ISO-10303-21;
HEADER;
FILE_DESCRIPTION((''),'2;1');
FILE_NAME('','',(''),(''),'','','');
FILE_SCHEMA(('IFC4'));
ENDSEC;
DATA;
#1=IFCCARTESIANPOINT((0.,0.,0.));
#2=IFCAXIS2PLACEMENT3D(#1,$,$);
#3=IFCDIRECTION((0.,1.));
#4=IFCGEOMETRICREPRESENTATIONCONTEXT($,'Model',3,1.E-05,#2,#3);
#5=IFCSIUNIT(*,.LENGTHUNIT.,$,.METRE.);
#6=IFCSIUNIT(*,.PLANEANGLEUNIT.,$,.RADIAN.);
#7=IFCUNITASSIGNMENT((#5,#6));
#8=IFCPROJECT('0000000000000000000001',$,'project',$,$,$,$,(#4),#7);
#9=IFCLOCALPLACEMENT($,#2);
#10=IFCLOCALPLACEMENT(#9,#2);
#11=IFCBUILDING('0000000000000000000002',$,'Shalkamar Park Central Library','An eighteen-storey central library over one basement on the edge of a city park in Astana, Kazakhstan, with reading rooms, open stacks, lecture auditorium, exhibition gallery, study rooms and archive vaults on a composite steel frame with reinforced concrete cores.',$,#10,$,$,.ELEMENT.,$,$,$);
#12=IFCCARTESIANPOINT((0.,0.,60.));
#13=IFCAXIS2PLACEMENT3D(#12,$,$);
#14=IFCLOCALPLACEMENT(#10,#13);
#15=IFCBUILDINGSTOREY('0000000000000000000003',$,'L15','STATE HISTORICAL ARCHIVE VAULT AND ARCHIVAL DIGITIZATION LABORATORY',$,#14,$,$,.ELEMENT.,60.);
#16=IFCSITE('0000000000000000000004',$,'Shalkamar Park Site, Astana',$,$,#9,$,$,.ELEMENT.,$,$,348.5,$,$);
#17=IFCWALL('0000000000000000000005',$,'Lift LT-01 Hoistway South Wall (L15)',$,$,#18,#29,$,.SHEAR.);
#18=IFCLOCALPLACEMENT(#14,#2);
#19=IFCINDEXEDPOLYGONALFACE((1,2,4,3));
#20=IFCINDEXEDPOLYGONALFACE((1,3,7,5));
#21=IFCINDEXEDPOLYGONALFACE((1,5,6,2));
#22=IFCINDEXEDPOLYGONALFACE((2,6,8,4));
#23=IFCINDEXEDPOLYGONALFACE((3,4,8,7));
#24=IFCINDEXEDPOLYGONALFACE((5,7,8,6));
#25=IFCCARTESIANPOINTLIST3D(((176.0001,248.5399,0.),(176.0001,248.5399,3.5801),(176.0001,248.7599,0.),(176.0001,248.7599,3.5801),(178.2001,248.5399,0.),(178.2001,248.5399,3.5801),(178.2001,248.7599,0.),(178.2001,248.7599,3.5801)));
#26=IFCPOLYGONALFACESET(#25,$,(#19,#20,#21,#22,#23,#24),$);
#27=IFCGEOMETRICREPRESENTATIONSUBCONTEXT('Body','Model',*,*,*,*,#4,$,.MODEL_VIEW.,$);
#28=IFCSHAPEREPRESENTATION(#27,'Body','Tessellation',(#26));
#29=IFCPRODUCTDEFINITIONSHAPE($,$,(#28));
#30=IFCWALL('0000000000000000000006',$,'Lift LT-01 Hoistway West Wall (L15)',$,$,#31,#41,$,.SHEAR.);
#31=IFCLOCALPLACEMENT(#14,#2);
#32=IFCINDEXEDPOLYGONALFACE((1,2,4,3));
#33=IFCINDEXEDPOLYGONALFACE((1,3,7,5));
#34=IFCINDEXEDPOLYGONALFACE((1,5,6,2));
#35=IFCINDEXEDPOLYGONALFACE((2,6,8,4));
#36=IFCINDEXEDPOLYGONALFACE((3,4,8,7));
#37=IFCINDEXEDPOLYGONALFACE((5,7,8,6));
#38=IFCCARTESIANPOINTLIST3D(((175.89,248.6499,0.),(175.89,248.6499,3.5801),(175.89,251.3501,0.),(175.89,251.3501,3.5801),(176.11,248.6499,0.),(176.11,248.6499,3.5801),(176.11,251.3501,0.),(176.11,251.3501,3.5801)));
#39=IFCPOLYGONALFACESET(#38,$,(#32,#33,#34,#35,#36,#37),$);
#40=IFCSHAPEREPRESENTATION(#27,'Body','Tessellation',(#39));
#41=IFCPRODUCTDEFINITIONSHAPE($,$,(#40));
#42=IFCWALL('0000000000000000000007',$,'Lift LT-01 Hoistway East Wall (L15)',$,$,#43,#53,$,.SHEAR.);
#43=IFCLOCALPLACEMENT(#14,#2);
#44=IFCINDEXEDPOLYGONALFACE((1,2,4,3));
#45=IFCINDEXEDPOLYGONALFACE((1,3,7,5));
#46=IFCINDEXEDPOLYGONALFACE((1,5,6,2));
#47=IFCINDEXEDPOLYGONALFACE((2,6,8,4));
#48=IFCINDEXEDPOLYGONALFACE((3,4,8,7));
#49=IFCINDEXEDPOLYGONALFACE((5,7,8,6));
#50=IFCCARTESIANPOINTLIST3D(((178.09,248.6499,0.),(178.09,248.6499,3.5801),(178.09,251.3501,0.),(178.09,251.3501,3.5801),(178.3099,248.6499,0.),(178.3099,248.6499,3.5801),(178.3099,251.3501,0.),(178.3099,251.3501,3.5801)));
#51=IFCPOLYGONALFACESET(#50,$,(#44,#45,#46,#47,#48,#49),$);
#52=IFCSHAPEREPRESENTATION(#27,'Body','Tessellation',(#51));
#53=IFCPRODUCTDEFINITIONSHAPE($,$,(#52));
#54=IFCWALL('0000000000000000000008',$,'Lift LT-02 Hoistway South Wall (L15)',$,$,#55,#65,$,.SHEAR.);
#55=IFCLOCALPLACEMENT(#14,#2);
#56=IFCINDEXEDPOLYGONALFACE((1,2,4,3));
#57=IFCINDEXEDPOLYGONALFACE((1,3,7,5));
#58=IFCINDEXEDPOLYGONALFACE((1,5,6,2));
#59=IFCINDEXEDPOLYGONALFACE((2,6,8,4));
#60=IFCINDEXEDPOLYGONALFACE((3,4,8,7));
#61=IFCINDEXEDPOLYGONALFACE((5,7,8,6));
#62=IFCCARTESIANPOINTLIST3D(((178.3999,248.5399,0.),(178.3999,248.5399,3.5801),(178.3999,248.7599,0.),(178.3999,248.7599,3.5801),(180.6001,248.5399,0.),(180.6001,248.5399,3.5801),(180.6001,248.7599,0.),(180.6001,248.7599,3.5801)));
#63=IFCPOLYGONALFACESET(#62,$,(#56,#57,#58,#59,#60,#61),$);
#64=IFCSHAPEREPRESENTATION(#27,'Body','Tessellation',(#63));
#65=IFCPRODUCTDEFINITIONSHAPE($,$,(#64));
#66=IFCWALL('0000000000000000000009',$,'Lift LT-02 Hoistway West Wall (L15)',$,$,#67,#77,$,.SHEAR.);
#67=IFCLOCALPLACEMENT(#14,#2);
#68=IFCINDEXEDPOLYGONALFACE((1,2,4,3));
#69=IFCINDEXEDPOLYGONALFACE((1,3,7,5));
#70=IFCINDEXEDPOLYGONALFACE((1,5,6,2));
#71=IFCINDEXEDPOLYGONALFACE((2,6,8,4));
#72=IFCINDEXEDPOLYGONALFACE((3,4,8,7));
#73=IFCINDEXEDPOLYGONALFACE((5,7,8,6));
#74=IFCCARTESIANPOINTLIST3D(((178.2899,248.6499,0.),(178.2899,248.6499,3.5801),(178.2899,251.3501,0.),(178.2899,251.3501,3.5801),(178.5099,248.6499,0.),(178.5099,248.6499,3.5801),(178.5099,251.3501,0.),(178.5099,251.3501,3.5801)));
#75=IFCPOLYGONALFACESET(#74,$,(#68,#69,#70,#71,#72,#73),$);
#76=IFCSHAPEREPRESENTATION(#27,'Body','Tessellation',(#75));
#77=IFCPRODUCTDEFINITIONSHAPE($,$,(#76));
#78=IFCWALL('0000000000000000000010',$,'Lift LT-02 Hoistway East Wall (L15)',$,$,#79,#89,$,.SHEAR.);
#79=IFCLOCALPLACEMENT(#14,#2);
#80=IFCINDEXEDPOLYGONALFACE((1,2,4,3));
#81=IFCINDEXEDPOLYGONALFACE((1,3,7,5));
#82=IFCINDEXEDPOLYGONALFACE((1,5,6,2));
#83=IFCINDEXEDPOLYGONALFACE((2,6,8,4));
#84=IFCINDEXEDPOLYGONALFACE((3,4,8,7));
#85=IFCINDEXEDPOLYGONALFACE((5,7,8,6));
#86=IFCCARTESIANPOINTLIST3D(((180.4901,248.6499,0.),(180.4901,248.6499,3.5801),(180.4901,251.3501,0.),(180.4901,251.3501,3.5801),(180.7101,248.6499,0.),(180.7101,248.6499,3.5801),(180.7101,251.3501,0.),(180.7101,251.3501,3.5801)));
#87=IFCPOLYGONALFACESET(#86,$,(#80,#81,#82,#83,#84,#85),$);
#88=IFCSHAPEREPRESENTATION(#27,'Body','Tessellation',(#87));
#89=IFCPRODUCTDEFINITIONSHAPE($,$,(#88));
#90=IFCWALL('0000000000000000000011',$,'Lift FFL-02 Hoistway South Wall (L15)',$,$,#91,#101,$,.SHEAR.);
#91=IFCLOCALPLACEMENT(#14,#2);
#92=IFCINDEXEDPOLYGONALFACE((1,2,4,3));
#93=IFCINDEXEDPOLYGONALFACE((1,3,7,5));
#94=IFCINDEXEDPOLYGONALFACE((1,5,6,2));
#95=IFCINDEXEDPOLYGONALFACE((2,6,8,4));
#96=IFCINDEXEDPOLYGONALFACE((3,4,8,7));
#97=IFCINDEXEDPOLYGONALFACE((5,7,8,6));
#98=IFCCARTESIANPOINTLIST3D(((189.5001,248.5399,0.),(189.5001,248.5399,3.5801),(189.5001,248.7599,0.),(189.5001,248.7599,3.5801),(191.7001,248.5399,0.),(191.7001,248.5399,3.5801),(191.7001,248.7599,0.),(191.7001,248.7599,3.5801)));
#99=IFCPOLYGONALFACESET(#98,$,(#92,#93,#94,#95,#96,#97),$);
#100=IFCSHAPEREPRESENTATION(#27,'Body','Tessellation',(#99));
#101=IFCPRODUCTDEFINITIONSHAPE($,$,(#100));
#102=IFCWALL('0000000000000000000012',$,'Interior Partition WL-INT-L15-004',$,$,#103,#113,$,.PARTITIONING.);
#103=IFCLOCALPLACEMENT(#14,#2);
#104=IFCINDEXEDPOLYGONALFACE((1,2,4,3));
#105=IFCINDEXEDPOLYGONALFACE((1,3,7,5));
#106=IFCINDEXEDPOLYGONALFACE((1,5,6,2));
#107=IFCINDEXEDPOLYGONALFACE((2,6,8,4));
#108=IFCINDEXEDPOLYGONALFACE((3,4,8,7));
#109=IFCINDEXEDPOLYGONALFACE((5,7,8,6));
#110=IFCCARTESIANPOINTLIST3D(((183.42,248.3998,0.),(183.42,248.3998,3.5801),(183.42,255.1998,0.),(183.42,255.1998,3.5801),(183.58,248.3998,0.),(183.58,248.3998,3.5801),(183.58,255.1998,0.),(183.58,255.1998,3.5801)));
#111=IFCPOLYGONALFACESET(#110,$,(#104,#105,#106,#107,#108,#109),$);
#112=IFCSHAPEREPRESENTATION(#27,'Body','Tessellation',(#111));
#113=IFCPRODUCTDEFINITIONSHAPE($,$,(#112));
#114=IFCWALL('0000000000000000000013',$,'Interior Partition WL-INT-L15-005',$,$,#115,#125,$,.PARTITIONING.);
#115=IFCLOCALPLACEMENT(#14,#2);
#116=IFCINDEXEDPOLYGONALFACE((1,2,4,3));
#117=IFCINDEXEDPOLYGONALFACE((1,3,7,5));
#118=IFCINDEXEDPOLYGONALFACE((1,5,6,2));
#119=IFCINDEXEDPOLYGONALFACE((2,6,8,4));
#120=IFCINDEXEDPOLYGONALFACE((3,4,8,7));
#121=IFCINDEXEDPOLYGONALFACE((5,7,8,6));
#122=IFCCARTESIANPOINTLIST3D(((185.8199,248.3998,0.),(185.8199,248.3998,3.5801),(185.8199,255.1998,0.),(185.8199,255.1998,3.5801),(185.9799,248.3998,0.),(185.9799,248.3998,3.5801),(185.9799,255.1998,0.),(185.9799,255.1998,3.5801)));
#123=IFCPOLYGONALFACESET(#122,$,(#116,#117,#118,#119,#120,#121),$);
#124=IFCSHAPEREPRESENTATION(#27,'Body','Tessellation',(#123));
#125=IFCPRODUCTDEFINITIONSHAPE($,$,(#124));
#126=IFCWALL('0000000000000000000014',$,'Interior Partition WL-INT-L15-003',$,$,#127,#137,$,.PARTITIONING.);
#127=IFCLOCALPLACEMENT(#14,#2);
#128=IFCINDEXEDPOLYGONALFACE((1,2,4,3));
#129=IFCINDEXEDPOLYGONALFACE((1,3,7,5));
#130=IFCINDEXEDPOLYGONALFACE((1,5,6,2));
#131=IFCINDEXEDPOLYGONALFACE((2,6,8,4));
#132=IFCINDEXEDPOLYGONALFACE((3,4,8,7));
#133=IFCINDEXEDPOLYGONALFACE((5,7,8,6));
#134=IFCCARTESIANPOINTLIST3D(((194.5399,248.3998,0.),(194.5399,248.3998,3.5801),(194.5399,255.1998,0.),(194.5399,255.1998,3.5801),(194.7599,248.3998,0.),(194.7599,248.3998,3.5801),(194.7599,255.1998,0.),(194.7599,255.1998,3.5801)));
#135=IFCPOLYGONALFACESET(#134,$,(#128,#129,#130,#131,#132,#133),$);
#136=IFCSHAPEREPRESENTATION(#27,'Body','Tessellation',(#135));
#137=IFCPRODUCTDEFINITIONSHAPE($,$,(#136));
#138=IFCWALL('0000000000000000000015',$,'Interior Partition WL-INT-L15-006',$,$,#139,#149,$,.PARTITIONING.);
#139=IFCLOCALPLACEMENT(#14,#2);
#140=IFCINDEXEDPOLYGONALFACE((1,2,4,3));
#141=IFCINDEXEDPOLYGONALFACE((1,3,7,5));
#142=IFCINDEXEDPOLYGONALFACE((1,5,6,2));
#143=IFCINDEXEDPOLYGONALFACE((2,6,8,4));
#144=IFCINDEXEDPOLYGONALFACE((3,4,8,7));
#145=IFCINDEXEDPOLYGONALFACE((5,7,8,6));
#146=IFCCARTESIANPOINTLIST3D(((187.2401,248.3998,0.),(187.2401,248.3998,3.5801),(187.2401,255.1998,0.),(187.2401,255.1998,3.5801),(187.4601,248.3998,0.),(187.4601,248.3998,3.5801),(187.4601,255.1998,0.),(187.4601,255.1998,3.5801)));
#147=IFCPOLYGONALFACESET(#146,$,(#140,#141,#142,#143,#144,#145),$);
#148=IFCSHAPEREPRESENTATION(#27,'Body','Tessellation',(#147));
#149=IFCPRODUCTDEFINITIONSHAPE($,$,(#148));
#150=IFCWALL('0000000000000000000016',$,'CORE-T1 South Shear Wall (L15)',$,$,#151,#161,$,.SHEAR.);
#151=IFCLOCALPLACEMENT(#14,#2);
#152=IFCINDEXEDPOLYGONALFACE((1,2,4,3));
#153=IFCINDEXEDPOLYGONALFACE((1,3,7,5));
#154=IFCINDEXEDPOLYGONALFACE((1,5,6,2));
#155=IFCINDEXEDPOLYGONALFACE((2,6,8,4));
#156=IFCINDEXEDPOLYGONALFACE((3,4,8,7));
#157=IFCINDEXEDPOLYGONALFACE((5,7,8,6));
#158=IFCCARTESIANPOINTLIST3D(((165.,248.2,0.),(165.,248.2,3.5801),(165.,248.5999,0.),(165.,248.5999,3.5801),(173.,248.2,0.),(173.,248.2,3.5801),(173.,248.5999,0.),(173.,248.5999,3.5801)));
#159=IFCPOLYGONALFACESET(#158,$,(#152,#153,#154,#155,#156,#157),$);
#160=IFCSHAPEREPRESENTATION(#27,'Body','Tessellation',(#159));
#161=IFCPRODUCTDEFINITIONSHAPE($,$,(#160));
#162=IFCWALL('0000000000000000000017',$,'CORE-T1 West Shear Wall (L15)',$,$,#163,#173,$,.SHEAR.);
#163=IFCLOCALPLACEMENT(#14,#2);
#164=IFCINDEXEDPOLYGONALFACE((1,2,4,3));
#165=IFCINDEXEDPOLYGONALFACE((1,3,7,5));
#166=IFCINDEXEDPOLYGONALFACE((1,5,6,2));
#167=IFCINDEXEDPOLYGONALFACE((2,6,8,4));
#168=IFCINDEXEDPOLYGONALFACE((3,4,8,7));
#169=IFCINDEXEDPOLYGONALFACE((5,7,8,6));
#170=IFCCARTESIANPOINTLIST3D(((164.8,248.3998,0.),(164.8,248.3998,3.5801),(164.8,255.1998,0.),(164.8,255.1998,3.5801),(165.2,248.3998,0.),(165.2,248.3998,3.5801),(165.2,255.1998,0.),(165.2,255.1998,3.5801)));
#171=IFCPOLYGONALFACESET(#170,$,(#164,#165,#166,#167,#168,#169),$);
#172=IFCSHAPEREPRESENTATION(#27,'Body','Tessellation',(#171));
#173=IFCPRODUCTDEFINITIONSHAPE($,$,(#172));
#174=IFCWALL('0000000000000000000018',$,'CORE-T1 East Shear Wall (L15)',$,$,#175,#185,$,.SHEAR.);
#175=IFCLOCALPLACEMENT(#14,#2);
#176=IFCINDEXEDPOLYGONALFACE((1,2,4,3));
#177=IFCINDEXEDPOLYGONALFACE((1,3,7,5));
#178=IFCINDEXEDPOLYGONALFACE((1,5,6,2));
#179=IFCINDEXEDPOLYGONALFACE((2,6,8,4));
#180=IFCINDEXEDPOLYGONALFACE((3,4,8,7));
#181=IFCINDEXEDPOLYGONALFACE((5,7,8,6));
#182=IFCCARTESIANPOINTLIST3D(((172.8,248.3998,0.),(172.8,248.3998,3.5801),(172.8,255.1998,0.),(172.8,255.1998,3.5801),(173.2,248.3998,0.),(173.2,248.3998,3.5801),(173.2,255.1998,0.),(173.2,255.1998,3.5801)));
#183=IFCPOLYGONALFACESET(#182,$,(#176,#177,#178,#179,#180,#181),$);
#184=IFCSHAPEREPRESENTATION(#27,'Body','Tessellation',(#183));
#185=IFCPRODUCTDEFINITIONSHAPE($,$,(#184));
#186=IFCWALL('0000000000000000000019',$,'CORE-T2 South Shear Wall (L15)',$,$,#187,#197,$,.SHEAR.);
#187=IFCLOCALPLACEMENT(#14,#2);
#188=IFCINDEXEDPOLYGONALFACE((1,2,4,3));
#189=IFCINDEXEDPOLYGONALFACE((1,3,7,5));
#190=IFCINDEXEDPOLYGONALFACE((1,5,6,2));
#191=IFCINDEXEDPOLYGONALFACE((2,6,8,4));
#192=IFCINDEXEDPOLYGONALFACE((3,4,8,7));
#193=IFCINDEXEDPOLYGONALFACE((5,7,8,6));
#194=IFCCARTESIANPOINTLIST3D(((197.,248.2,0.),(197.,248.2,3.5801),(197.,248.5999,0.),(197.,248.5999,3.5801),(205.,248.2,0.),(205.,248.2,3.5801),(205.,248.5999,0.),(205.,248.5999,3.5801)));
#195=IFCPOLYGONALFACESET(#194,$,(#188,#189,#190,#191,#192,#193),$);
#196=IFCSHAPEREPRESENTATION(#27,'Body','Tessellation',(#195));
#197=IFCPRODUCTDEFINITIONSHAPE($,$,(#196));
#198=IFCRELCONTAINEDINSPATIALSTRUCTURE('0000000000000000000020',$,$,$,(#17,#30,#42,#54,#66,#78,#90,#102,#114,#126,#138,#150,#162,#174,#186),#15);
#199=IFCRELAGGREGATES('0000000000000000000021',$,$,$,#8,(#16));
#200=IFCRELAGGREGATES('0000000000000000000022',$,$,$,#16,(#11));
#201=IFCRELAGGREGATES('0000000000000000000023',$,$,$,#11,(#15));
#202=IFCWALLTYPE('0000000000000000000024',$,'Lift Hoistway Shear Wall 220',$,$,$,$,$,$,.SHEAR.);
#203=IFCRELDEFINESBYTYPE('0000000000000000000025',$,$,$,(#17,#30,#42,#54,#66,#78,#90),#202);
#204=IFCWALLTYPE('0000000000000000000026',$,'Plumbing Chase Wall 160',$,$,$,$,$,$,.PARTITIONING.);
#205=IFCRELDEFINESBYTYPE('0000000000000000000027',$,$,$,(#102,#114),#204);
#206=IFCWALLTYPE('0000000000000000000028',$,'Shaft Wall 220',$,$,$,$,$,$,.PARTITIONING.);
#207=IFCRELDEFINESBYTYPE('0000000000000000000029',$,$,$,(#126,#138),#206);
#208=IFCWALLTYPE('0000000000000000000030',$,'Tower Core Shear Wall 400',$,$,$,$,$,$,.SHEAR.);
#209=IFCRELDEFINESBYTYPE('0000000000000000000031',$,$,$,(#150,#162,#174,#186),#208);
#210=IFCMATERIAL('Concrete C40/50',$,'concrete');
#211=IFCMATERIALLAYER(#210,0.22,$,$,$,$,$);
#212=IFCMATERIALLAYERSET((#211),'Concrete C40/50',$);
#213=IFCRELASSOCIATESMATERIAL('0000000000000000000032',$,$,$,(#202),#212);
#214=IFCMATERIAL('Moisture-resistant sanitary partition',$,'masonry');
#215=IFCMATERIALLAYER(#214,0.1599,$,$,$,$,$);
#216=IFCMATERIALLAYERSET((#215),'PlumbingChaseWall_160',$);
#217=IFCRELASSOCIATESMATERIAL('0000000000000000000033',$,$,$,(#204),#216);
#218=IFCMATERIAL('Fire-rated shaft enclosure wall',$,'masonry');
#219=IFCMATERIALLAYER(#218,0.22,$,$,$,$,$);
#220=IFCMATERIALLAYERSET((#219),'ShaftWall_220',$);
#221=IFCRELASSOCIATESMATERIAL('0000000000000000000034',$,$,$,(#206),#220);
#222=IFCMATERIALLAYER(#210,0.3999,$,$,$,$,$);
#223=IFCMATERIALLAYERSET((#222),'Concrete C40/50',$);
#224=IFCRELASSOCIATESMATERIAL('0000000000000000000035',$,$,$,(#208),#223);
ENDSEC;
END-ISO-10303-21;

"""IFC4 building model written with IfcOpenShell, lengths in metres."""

from ifc_helpers import new_model, si_unit, direction, frame, frame_2d, origin, place, context, subcontext, project, spatial, rectangle, extrude, material, layer, layer_set, type_object, element, save


model = new_model("IFC4")

# Units and contexts
model_context = context("Model", 3, precision=1e-05, world=origin(), true_north=direction((0.0, 1.0)))
body_context = subcontext(model_context, "Body", "Model", "MODEL_VIEW")
ifc_project = project(units=[si_unit("LENGTHUNIT", "METRE"), si_unit("PLANEANGLEUNIT", "RADIAN")], contexts=[model_context])

# Site, building, storey
site_placement = place(None, origin())
site = spatial("IfcSite", under=ifc_project, at=site_placement, Name="Shalkamar Park Site, Astana", CompositionType="ELEMENT", RefElevation=348.5)
building_placement = place(site_placement, origin())
building = spatial("IfcBuilding", under=site, at=building_placement, Name="Shalkamar Park Central Library", Description="An eighteen-storey central library over one basement on the edge of a city park in Astana, Kazakhstan, with reading rooms, open stacks, lecture auditorium, exhibition gallery, study rooms and archive vaults on a composite steel frame with reinforced concrete cores.", CompositionType="ELEMENT")
storey_placement = place(building_placement, frame((0.0, 0.0, 60.0)))
storey = spatial("IfcBuildingStorey", under=building, at=storey_placement, Name="L15", Description="STATE HISTORICAL ARCHIVE VAULT AND ARCHIVAL DIGITIZATION LABORATORY", CompositionType="ELEMENT", Elevation=60.0)

# Walls
ifc_material_1 = material(Name="Concrete C40/50", Category="concrete")
ifc_layer_1 = layer(ifc_material_1, 0.22)
ifc_layer_set_1 = layer_set([ifc_layer_1], Name="Concrete C40/50")
wall_type_1 = type_object("IfcWallType", Name="Lift Hoistway Shear Wall 220", PredefinedType="SHEAR", material=ifc_layer_set_1)
wall_1_placement = place(storey_placement, frame((176.0, 248.6499, 0.0), z_axis=(0.0, 0.0, 1.0), x_axis=(1.0, 0.0, 0.0)))
element("IfcWall", 1, at=wall_1_placement, inside=storey, type_object=wall_type_1, Name="Lift LT-01 Hoistway South Wall (L15)", PredefinedType="SHEAR", context=body_context, shape_type="SweptSolid", body=[
    extrude(rectangle(XDim=2.2, YDim=0.22, at=frame_2d((1.1001, 0.0))), origin(), (0.0, 0.0, 1.0), 3.5801),
])
for number, where, z_axis, x_axis, name in (
    (2, (176.0, 248.6499, 0.0), (0.0, 0.0, 1.0), (0.0, 1.0, 0.0), "Lift LT-01 Hoistway West Wall (L15)"),
    (3, (178.2, 248.6499, 0.0), (0.0, 0.0, 1.0), (0.0, 1.0, 0.0), "Lift LT-01 Hoistway East Wall (L15)"),
):
    element("IfcWall", number, at=place(storey_placement, frame(where, z_axis=z_axis, x_axis=x_axis)), inside=storey, type_object=wall_type_1, Name=name, PredefinedType="SHEAR", context=body_context, shape_type="SweptSolid", body=[
        extrude(rectangle(XDim=2.7002, YDim=0.22, at=frame_2d((1.3501, 0.0))), origin(), (0.0, 0.0, 1.0), 3.5801),
    ])
wall_2_placement = place(storey_placement, frame((178.3999, 248.6499, 0.0), z_axis=(0.0, 0.0, 1.0), x_axis=(1.0, 0.0, 0.0)))
element("IfcWall", 4, at=wall_2_placement, inside=storey, type_object=wall_type_1, Name="Lift LT-02 Hoistway South Wall (L15)", PredefinedType="SHEAR", context=body_context, shape_type="SweptSolid", body=[
    extrude(rectangle(XDim=2.2002, YDim=0.22, at=frame_2d((1.1001, 0.0))), origin(), (0.0, 0.0, 1.0), 3.5801),
])
for number, where, z_axis, x_axis, name in (
    (5, (178.3999, 248.6499, 0.0), (0.0, 0.0, 1.0), (0.0, 1.0, 0.0), "Lift LT-02 Hoistway West Wall (L15)"),
    (6, (180.6001, 248.6499, 0.0), (0.0, 0.0, 1.0), (0.0, 1.0, 0.0), "Lift LT-02 Hoistway East Wall (L15)"),
):
    element("IfcWall", number, at=place(storey_placement, frame(where, z_axis=z_axis, x_axis=x_axis)), inside=storey, type_object=wall_type_1, Name=name, PredefinedType="SHEAR", context=body_context, shape_type="SweptSolid", body=[
        extrude(rectangle(XDim=2.7002, YDim=0.22, at=frame_2d((1.3501, 0.0))), origin(), (0.0, 0.0, 1.0), 3.5801),
    ])
wall_3_placement = place(storey_placement, frame((189.5, 248.6499, 0.0), z_axis=(0.0, 0.0, 1.0), x_axis=(1.0, 0.0, 0.0)))
element("IfcWall", 7, at=wall_3_placement, inside=storey, type_object=wall_type_1, Name="Lift FFL-02 Hoistway South Wall (L15)", PredefinedType="SHEAR", context=body_context, shape_type="SweptSolid", body=[
    extrude(rectangle(XDim=2.2, YDim=0.22, at=frame_2d((1.1001, 0.0))), origin(), (0.0, 0.0, 1.0), 3.5801),
])
ifc_material_2 = material(Name="Moisture-resistant sanitary partition", Category="masonry")
ifc_layer_2 = layer(ifc_material_2, 0.1599)
ifc_layer_set_2 = layer_set([ifc_layer_2], Name="PlumbingChaseWall_160")
wall_type_2 = type_object("IfcWallType", Name="Plumbing Chase Wall 160", PredefinedType="PARTITIONING", material=ifc_layer_set_2)
for number, where, z_axis, x_axis, name in (
    (8, (183.5, 248.3999, 0.0), (0.0, 0.0, 1.0), (0.0, 1.0, 0.0), "Interior Partition WL-INT-L15-004"),
    (9, (185.8999, 248.3999, 0.0), (0.0, 0.0, 1.0), (0.0, 1.0, 0.0), "Interior Partition WL-INT-L15-005"),
):
    element("IfcWall", number, at=place(storey_placement, frame(where, z_axis=z_axis, x_axis=x_axis)), inside=storey, type_object=wall_type_2, Name=name, PredefinedType="PARTITIONING", context=body_context, shape_type="SweptSolid", body=[
        extrude(rectangle(XDim=6.8, YDim=0.1599, at=frame_2d((3.3999, 0.0))), origin(), (0.0, 0.0, 1.0), 3.5801),
    ])
ifc_material_3 = material(Name="Fire-rated shaft enclosure wall", Category="masonry")
ifc_layer_3 = layer(ifc_material_3, 0.22)
ifc_layer_set_3 = layer_set([ifc_layer_3], Name="ShaftWall_220")
wall_type_3 = type_object("IfcWallType", Name="Shaft Wall 220", PredefinedType="PARTITIONING", material=ifc_layer_set_3)
for number, where, z_axis, x_axis, name in (
    (10, (194.6499, 248.3999, 0.0), (0.0, 0.0, 1.0), (0.0, 1.0, 0.0), "Interior Partition WL-INT-L15-003"),
    (11, (187.3501, 248.3999, 0.0), (0.0, 0.0, 1.0), (0.0, 1.0, 0.0), "Interior Partition WL-INT-L15-006"),
):
    element("IfcWall", number, at=place(storey_placement, frame(where, z_axis=z_axis, x_axis=x_axis)), inside=storey, type_object=wall_type_3, Name=name, PredefinedType="PARTITIONING", context=body_context, shape_type="SweptSolid", body=[
        extrude(rectangle(XDim=6.8, YDim=0.22, at=frame_2d((3.3999, 0.0))), origin(), (0.0, 0.0, 1.0), 3.5801),
    ])
ifc_layer_4 = layer(ifc_material_1, 0.3999)
ifc_layer_set_4 = layer_set([ifc_layer_4], Name="Concrete C40/50")
wall_type_4 = type_object("IfcWallType", Name="Tower Core Shear Wall 400", PredefinedType="SHEAR", material=ifc_layer_set_4)
wall_4_placement = place(storey_placement, frame((165.0, 248.3999, 0.0), z_axis=(0.0, 0.0, 1.0), x_axis=(1.0, 0.0, 0.0)))
element("IfcWall", 12, at=wall_4_placement, inside=storey, type_object=wall_type_4, Name="CORE-T1 South Shear Wall (L15)", PredefinedType="SHEAR", context=body_context, shape_type="SweptSolid", body=[
    extrude(rectangle(XDim=8.0, YDim=0.3999, at=frame_2d((4.0, 0.0))), origin(), (0.0, 0.0, 1.0), 3.5801),
])
for number, where, z_axis, x_axis, name in (
    (13, (165.0, 248.3999, 0.0), (0.0, 0.0, 1.0), (0.0, 1.0, 0.0), "CORE-T1 West Shear Wall (L15)"),
    (14, (173.0, 248.3999, 0.0), (0.0, 0.0, 1.0), (0.0, 1.0, 0.0), "CORE-T1 East Shear Wall (L15)"),
):
    element("IfcWall", number, at=place(storey_placement, frame(where, z_axis=z_axis, x_axis=x_axis)), inside=storey, type_object=wall_type_4, Name=name, PredefinedType="SHEAR", context=body_context, shape_type="SweptSolid", body=[
        extrude(rectangle(XDim=6.8, YDim=0.3999, at=frame_2d((3.3999, 0.0))), origin(), (0.0, 0.0, 1.0), 3.5801),
    ])
wall_5_placement = place(storey_placement, frame((197.0, 248.3999, 0.0), z_axis=(0.0, 0.0, 1.0), x_axis=(1.0, 0.0, 0.0)))
element("IfcWall", 15, at=wall_5_placement, inside=storey, type_object=wall_type_4, Name="CORE-T2 South Shear Wall (L15)", PredefinedType="SHEAR", context=body_context, shape_type="SweptSolid", body=[
    extrude(rectangle(XDim=8.0, YDim=0.3999, at=frame_2d((4.0, 0.0))), origin(), (0.0, 0.0, 1.0), 3.5801),
])

save(model, "model.ifc")
